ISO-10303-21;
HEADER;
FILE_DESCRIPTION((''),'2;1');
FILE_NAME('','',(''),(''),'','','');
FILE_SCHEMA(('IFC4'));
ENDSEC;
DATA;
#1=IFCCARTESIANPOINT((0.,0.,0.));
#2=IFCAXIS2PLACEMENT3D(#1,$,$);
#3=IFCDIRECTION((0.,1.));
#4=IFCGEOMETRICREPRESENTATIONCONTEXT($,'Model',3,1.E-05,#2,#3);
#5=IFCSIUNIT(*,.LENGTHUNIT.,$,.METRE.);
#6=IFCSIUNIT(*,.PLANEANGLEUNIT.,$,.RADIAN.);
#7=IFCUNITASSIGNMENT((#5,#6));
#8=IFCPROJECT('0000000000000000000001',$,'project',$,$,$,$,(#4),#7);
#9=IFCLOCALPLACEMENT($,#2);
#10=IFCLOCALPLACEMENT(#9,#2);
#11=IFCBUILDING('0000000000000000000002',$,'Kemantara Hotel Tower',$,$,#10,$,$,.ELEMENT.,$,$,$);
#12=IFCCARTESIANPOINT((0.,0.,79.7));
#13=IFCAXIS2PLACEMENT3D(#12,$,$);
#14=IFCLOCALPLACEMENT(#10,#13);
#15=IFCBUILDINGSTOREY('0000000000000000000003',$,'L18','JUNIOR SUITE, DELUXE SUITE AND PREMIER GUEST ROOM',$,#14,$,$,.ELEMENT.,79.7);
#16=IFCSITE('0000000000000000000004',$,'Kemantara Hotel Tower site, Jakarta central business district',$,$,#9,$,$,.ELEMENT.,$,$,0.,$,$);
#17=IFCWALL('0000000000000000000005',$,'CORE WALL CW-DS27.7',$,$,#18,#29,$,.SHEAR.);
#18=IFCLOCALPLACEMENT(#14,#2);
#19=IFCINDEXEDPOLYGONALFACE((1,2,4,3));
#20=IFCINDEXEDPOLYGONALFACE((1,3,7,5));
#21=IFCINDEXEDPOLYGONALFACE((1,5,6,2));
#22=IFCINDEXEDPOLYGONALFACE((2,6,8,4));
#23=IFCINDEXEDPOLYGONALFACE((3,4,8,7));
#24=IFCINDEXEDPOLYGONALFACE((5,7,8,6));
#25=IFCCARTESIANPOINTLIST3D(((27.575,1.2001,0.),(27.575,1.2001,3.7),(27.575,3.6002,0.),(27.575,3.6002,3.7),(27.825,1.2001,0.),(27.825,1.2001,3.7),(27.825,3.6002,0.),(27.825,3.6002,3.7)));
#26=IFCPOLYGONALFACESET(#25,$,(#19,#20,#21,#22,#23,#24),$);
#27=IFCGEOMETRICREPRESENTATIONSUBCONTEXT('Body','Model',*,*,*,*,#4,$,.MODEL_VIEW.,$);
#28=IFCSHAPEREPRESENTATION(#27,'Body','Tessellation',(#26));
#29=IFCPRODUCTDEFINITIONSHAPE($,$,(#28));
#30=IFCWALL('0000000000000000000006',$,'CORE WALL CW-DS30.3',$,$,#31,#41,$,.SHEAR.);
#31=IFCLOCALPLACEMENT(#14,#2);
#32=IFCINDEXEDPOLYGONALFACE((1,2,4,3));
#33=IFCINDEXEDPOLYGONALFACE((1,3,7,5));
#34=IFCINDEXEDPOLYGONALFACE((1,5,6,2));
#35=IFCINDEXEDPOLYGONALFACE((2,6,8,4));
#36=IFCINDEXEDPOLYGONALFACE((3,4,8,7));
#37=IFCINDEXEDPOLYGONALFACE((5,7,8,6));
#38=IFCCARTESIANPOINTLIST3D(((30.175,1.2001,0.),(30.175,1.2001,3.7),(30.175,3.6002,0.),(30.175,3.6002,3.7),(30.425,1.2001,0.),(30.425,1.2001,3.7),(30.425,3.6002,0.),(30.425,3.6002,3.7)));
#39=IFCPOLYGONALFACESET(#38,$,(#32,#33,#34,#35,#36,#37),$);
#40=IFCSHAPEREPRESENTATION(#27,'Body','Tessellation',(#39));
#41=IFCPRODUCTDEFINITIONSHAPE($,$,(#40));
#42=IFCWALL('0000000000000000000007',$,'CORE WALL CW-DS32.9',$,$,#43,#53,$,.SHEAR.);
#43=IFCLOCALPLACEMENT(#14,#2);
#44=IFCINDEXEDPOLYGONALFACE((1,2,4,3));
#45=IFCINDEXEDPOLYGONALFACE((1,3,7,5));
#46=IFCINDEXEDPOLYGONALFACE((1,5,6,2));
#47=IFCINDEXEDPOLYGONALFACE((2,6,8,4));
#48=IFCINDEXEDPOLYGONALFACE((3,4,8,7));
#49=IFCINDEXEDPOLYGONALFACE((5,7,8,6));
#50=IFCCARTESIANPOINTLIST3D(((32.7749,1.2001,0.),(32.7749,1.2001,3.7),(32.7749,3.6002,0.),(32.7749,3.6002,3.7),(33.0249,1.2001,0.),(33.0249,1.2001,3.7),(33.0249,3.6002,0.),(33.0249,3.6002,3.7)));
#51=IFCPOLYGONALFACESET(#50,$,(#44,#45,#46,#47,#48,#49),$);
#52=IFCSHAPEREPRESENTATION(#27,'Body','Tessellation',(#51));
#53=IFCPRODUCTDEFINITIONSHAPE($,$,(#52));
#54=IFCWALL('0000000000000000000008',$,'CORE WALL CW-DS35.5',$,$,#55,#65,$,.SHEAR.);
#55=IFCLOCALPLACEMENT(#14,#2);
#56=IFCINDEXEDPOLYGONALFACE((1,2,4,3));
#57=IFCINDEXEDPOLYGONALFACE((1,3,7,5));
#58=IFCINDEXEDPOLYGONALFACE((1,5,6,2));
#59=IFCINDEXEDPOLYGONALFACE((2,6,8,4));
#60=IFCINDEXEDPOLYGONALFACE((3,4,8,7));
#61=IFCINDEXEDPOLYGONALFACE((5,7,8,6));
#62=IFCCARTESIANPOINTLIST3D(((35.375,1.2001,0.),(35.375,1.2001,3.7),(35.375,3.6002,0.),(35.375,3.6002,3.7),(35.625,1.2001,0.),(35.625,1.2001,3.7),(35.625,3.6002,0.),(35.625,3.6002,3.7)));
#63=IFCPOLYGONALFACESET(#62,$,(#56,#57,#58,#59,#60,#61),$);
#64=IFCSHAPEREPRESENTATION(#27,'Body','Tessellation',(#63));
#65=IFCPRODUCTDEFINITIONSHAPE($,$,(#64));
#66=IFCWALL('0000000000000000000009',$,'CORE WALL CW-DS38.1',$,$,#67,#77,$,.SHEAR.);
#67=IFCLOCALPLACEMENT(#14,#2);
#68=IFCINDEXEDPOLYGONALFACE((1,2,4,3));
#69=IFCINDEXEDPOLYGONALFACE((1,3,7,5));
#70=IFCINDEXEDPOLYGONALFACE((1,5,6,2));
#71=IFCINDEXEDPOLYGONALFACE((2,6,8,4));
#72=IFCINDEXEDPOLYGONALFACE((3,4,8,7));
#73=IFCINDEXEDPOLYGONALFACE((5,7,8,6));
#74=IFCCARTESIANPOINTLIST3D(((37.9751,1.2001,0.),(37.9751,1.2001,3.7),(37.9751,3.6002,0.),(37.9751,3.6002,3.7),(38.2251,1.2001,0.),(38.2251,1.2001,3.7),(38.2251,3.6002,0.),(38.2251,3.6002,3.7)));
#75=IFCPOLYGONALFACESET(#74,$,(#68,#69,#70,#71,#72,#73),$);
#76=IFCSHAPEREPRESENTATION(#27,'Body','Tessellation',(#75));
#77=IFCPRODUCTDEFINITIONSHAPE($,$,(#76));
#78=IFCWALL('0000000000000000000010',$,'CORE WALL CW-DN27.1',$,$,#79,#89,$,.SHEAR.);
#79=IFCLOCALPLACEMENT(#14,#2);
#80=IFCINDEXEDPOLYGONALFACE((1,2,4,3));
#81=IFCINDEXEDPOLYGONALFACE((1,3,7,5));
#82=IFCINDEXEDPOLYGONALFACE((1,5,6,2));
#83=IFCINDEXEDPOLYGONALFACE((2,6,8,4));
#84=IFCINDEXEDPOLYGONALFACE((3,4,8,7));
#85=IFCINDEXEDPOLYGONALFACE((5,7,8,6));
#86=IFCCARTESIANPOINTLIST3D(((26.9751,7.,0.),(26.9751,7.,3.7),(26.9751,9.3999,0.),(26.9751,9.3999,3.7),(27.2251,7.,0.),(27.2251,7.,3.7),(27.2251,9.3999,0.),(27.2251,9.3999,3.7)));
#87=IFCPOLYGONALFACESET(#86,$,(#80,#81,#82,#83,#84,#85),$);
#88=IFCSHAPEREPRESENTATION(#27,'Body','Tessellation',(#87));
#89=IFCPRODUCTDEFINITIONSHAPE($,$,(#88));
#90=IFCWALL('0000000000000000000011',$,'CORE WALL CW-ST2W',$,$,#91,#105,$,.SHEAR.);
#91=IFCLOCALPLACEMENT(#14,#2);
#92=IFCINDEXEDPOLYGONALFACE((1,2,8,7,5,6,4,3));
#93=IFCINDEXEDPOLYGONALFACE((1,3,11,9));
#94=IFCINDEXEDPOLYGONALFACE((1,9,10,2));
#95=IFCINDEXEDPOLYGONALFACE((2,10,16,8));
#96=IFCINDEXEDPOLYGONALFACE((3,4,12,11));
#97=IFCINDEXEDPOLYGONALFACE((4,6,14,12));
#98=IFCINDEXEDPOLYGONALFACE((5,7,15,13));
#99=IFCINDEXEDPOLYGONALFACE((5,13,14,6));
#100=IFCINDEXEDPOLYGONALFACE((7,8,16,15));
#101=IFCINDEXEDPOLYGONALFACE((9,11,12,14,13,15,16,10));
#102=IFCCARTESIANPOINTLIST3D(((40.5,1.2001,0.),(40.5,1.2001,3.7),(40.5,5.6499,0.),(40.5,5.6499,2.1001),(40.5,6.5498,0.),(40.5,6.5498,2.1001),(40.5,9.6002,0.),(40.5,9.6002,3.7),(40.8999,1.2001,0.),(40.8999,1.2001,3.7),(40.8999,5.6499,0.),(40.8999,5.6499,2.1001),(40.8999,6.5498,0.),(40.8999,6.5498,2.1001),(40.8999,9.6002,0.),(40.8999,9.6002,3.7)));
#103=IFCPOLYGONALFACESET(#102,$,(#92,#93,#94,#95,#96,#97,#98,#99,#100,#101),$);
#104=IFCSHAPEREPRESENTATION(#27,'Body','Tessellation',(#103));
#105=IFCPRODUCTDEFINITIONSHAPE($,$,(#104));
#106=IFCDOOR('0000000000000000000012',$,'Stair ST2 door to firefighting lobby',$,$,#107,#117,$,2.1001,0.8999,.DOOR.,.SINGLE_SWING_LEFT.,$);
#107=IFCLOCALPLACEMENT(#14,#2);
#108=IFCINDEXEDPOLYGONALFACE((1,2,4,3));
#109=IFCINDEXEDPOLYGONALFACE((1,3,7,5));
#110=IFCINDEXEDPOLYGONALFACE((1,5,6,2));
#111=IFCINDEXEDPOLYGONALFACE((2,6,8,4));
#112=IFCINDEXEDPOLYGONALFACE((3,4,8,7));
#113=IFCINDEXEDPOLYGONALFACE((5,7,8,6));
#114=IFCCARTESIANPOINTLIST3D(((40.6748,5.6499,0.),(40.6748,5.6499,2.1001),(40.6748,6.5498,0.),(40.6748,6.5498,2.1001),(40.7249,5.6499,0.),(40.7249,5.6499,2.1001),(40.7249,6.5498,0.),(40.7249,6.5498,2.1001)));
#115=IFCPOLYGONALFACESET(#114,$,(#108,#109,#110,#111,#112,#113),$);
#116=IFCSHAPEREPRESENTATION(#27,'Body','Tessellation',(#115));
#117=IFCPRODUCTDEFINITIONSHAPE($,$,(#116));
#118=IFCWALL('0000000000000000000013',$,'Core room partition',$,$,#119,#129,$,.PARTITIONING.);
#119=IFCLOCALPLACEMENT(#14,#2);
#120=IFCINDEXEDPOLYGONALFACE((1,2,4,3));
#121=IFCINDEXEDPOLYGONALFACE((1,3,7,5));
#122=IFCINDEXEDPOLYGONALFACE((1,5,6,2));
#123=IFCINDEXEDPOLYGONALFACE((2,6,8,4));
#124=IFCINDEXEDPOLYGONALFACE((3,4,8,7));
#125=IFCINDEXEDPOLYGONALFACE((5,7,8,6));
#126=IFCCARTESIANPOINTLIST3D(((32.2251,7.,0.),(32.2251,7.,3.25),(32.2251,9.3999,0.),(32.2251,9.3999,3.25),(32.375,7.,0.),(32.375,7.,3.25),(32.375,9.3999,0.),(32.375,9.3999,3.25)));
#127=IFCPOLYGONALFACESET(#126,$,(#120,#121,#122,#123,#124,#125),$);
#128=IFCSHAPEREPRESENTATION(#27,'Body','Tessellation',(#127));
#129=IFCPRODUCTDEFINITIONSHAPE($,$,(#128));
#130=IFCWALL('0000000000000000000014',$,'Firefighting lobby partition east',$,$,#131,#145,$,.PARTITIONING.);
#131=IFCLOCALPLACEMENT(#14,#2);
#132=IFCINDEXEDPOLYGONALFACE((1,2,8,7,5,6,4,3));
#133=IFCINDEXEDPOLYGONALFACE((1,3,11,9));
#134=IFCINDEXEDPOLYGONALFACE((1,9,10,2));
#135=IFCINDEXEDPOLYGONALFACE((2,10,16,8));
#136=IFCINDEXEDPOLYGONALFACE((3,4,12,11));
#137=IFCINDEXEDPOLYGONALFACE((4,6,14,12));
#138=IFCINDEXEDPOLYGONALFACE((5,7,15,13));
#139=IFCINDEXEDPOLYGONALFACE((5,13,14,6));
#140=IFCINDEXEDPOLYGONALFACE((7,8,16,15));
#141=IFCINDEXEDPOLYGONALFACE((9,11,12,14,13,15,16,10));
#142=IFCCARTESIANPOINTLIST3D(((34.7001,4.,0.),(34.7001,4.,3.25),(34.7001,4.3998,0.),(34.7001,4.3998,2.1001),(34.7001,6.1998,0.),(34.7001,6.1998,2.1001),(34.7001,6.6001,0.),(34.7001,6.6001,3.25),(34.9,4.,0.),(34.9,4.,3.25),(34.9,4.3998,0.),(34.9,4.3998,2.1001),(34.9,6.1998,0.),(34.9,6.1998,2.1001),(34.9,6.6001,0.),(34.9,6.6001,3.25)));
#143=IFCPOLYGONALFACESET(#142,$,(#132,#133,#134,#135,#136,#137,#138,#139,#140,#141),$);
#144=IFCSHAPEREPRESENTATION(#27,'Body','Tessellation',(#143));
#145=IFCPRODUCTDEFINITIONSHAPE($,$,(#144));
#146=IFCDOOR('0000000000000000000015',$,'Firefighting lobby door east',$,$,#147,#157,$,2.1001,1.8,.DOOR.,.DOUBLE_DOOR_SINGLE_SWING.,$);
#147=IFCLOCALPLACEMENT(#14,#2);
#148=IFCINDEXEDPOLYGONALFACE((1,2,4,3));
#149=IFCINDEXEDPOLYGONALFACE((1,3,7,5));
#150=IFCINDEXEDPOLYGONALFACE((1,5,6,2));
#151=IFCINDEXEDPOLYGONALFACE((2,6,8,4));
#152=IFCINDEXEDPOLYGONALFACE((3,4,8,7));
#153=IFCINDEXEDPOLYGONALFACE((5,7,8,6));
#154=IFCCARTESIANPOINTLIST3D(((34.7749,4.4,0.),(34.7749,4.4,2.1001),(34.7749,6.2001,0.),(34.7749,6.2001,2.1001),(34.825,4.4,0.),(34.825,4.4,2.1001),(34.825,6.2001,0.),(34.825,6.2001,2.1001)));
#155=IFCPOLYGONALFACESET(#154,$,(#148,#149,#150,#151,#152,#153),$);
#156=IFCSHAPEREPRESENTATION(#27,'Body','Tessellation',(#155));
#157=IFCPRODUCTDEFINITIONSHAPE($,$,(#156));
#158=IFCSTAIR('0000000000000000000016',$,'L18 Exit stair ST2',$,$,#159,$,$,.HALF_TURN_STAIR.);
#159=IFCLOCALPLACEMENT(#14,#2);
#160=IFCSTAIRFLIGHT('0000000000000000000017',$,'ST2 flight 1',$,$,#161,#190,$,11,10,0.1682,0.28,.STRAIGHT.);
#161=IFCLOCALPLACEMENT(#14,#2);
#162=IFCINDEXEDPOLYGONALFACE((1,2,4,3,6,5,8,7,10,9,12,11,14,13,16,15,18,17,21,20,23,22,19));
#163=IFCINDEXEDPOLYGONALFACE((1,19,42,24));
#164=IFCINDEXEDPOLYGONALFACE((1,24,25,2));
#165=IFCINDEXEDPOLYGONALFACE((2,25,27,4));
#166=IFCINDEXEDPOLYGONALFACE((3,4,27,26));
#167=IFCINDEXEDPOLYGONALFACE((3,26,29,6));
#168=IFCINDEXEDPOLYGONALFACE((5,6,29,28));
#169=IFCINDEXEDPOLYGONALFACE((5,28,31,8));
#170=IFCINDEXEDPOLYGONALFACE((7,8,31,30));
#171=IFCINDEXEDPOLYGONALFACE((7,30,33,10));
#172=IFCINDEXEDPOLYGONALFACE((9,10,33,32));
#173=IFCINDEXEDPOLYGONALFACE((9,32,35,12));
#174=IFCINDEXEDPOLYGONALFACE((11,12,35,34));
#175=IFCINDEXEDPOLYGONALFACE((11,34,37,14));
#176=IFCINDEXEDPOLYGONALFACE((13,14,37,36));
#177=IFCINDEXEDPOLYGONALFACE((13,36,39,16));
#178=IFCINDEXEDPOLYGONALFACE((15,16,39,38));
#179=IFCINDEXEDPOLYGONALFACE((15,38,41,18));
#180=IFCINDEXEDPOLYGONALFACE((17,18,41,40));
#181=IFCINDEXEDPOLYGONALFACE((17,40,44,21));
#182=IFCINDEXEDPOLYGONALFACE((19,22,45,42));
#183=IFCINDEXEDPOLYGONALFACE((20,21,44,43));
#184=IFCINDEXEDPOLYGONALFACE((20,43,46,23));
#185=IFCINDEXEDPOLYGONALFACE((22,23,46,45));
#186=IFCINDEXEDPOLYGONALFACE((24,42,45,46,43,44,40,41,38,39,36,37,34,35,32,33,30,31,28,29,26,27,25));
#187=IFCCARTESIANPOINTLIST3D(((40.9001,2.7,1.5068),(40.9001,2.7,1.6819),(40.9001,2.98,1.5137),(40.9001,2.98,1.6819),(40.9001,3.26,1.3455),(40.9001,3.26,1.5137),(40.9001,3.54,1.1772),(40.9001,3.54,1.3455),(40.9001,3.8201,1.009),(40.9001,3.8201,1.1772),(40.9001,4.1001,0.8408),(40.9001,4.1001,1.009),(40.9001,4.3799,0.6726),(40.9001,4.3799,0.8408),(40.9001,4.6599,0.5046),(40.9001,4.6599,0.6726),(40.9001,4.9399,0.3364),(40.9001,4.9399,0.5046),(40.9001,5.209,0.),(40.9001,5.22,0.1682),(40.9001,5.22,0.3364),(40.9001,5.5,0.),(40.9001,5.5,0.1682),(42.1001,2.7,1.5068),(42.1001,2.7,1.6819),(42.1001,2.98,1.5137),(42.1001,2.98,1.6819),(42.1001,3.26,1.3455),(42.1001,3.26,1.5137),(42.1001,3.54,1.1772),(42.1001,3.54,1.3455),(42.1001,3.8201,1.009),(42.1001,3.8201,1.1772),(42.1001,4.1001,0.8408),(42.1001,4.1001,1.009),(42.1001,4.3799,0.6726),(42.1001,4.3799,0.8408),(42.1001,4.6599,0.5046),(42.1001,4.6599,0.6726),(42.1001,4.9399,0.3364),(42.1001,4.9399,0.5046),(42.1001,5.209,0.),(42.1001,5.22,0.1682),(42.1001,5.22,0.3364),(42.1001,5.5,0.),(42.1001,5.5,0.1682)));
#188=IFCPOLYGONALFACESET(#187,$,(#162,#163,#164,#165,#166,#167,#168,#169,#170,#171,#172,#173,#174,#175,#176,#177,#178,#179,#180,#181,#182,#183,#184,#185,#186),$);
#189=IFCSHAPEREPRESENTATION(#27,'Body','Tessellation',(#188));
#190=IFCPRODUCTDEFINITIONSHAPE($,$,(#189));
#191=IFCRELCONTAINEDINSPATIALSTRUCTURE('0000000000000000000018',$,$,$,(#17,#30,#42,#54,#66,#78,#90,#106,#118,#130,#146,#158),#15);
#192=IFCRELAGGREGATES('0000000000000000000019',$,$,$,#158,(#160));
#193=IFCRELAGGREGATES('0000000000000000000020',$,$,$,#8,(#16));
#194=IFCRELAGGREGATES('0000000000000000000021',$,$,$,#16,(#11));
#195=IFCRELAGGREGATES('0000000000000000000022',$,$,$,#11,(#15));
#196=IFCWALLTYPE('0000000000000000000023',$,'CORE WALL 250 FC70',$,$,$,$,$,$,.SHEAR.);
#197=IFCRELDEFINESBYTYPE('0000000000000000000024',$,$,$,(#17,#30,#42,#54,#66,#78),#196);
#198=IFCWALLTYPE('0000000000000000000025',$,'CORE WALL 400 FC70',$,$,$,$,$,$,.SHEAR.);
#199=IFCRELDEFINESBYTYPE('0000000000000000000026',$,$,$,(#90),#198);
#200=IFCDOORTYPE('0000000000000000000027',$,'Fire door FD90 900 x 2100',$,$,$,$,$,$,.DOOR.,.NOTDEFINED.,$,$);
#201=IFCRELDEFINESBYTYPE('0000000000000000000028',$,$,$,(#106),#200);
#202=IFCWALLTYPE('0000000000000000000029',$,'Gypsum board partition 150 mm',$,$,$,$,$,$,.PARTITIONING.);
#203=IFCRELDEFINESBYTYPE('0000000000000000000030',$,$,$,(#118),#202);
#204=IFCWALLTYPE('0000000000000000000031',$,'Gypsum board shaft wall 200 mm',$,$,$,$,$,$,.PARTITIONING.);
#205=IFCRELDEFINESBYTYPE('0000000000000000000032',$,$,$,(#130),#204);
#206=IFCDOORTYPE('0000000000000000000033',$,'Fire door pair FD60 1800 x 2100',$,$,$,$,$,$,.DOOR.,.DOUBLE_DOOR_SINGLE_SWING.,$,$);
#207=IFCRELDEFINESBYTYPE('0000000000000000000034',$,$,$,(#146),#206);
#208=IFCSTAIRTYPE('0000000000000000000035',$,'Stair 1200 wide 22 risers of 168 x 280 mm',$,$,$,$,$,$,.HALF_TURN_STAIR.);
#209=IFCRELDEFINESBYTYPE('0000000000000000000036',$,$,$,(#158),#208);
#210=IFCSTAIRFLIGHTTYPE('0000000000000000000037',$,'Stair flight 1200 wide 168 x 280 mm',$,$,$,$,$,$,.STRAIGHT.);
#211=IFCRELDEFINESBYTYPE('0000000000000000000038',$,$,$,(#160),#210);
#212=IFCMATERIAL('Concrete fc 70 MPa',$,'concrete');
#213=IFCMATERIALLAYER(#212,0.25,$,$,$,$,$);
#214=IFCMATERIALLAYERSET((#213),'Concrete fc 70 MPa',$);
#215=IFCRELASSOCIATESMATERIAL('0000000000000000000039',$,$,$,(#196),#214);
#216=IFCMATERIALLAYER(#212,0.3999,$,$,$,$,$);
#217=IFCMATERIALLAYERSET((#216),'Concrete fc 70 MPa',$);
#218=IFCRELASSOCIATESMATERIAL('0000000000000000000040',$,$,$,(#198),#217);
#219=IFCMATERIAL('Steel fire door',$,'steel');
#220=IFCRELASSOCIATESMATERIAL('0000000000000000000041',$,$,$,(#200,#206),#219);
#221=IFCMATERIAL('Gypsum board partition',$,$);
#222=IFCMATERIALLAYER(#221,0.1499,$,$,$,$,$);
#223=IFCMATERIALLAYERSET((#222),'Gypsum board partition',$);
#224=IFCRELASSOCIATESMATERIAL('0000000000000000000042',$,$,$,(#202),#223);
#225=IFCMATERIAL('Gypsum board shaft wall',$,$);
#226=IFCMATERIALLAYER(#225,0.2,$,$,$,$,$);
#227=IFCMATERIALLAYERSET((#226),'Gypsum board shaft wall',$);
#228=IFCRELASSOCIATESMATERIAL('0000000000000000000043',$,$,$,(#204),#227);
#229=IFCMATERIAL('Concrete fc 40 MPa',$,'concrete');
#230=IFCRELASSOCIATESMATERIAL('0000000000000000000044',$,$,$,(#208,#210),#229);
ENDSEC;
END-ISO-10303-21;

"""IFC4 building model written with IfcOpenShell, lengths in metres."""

from ifc_helpers import new_model, si_unit, direction, frame, frame_2d, origin, place, context, subcontext, project, spatial, polyline, rectangle, outline, extrude, material, layer, layer_set, type_object, element, fill, aggregate, save


model = new_model("IFC4")

# Units and contexts
model_context = context("Model", 3, precision=1e-05, world=origin(), true_north=direction((0.0, 1.0)))
body_context = subcontext(model_context, "Body", "Model", "MODEL_VIEW")
ifc_project = project(units=[si_unit("LENGTHUNIT", "METRE"), si_unit("PLANEANGLEUNIT", "RADIAN")], contexts=[model_context])

# Site, building, storey
site_placement = place(None, origin())
site = spatial("IfcSite", under=ifc_project, at=site_placement, Name="Kemantara Hotel Tower site, Jakarta central business district", CompositionType="ELEMENT", RefElevation=0.0)
building_placement = place(site_placement, origin())
building = spatial("IfcBuilding", under=site, at=building_placement, Name="Kemantara Hotel Tower", CompositionType="ELEMENT")
storey_placement = place(building_placement, frame((0.0, 0.0, 79.7)))
storey = spatial("IfcBuildingStorey", under=building, at=storey_placement, Name="L18", Description="JUNIOR SUITE, DELUXE SUITE AND PREMIER GUEST ROOM", CompositionType="ELEMENT", Elevation=79.7)

# Walls
ifc_material_1 = material(Name="Concrete fc 70 MPa", Category="concrete")
ifc_layer_1 = layer(ifc_material_1, 0.25)
ifc_layer_set_1 = layer_set([ifc_layer_1], Name="Concrete fc 70 MPa")
wall_type_1 = type_object("IfcWallType", Name="CORE WALL 250 FC70", PredefinedType="SHEAR", material=ifc_layer_set_1)
for number, where, z_axis, x_axis, name in (
    (1, (27.7, 1.2, 0.0), (0.0, 0.0, 1.0), (0.0, 1.0, 0.0), "CORE WALL CW-DS27.7"),
    (2, (30.3, 1.2, 0.0), (0.0, 0.0, 1.0), (0.0, 1.0, 0.0), "CORE WALL CW-DS30.3"),
    (3, (32.8999, 1.2, 0.0), (0.0, 0.0, 1.0), (0.0, 1.0, 0.0), "CORE WALL CW-DS32.9"),
    (4, (35.5, 1.2, 0.0), (0.0, 0.0, 1.0), (0.0, 1.0, 0.0), "CORE WALL CW-DS35.5"),
    (5, (38.1001, 1.2, 0.0), (0.0, 0.0, 1.0), (0.0, 1.0, 0.0), "CORE WALL CW-DS38.1"),
):
    element("IfcWall", number, at=place(storey_placement, frame(where, z_axis=z_axis, x_axis=x_axis)), inside=storey, type_object=wall_type_1, Name=name, PredefinedType="SHEAR", context=body_context, shape_type="SweptSolid", body=[
        extrude(rectangle(XDim=2.4001, YDim=0.25, at=frame_2d((1.2002, 0.0))), origin(), (0.0, 0.0, 1.0), 3.7),
    ])
wall_1_placement = place(storey_placement, frame((27.1001, 7.0, 0.0), z_axis=(0.0, 0.0, 1.0), x_axis=(0.0, 1.0, 0.0)))
element("IfcWall", 6, at=wall_1_placement, inside=storey, type_object=wall_type_1, Name="CORE WALL CW-DN27.1", PredefinedType="SHEAR", context=body_context, shape_type="SweptSolid", body=[
    extrude(rectangle(XDim=2.3999, YDim=0.25, at=frame_2d((1.2, 0.0))), origin(), (0.0, 0.0, 1.0), 3.7),
])

# Wall, opening, door
ifc_layer_2 = layer(ifc_material_1, 0.3999)
ifc_layer_set_2 = layer_set([ifc_layer_2], Name="Concrete fc 70 MPa")
wall_type_2 = type_object("IfcWallType", Name="CORE WALL 400 FC70", PredefinedType="SHEAR", material=ifc_layer_set_2)
wall_2_placement = place(storey_placement, frame((40.7, 1.2, 0.0), z_axis=(0.0, 0.0, 1.0), x_axis=(0.0, 1.0, 0.0)))
wall_2 = element("IfcWall", 7, at=wall_2_placement, inside=storey, type_object=wall_type_2, Name="CORE WALL CW-ST2W", PredefinedType="SHEAR", context=body_context, shape_type="SweptSolid", body=[
    extrude(rectangle(XDim=8.4001, YDim=0.3999, at=frame_2d((4.2002, 0.0))), origin(), (0.0, 0.0, 1.0), 3.7),
])
opening_1_placement = place(wall_2_placement, frame((4.45, 0.0, 0.0)))
opening_1 = element("IfcOpeningElement", 8, at=opening_1_placement, cuts=wall_2, PredefinedType="OPENING", context=body_context, shape_type="SweptSolid", body=[
    extrude(rectangle(XDim=0.8999, YDim=2.1001, at=frame_2d((0.45, 1.05))), frame((0.0, 0.21, 0.0), z_axis=(0.0, -1.0, 0.0), x_axis=(1.0, 0.0, 0.0)), (0.0, 0.0, 1.0), 0.4199),
])
ifc_material_2 = material(Name="Steel fire door", Category="steel")
door_type_1 = type_object("IfcDoorType", Name="Fire door FD90 900 x 2100", OperationType="NOTDEFINED", PredefinedType="DOOR", material=ifc_material_2)
door_1_placement = place(opening_1_placement, frame((0.8999, 0.0, 0.0), z_axis=(0.0, 0.0, 1.0), x_axis=(-1.0, 0.0, 0.0)))
door_1 = element("IfcDoor", 9, at=door_1_placement, inside=storey, type_object=door_type_1, Name="Stair ST2 door to firefighting lobby", OperationType="SINGLE_SWING_LEFT", OverallHeight=2.1001, OverallWidth=0.8999, PredefinedType="DOOR", context=body_context, shape_type="SweptSolid", body=[
    extrude(rectangle(XDim=0.8999, YDim=2.1001, at=frame_2d((0.45, 1.05))), frame((0.0, 0.0249, 0.0), z_axis=(0.0, -1.0, 0.0), x_axis=(1.0, 0.0, 0.0)), (0.0, 0.0, 1.0), 0.05),
])
fill(opening_1, door_1)

# Wall
ifc_material_3 = material(Name="Gypsum board partition")
ifc_layer_3 = layer(ifc_material_3, 0.1499)
ifc_layer_set_3 = layer_set([ifc_layer_3], Name="Gypsum board partition")
wall_type_3 = type_object("IfcWallType", Name="Gypsum board partition 150 mm", PredefinedType="PARTITIONING", material=ifc_layer_set_3)
wall_3_placement = place(storey_placement, frame((32.3, 7.0, 0.0), z_axis=(0.0, 0.0, 1.0), x_axis=(0.0, 1.0, 0.0)))
element("IfcWall", 10, at=wall_3_placement, inside=storey, type_object=wall_type_3, Name="Core room partition", PredefinedType="PARTITIONING", context=body_context, shape_type="SweptSolid", body=[
    extrude(rectangle(XDim=2.3999, YDim=0.1499, at=frame_2d((1.2, 0.0))), origin(), (0.0, 0.0, 1.0), 3.25),
])

# Wall, opening, door
ifc_material_4 = material(Name="Gypsum board shaft wall")
ifc_layer_4 = layer(ifc_material_4, 0.2)
ifc_layer_set_4 = layer_set([ifc_layer_4], Name="Gypsum board shaft wall")
wall_type_4 = type_object("IfcWallType", Name="Gypsum board shaft wall 200 mm", PredefinedType="PARTITIONING", material=ifc_layer_set_4)
wall_4_placement = place(storey_placement, frame((34.8, 4.0, 0.0), z_axis=(0.0, 0.0, 1.0), x_axis=(0.0, 1.0, 0.0)))
wall_4 = element("IfcWall", 11, at=wall_4_placement, inside=storey, type_object=wall_type_4, Name="Firefighting lobby partition east", PredefinedType="PARTITIONING", context=body_context, shape_type="SweptSolid", body=[
    extrude(rectangle(XDim=2.6001, YDim=0.2, at=frame_2d((1.3, 0.0))), origin(), (0.0, 0.0, 1.0), 3.25),
])
opening_2_placement = place(wall_4_placement, frame((0.3999, 0.0, 0.0)))
opening_2 = element("IfcOpeningElement", 12, at=opening_2_placement, cuts=wall_4, PredefinedType="OPENING", context=body_context, shape_type="SweptSolid", body=[
    extrude(rectangle(XDim=1.8, YDim=2.1001, at=frame_2d((0.8999, 1.05))), frame((0.0, 0.1099, 0.0), z_axis=(0.0, -1.0, 0.0), x_axis=(1.0, 0.0, 0.0)), (0.0, 0.0, 1.0), 0.22),
])
door_type_2 = type_object("IfcDoorType", Name="Fire door pair FD60 1800 x 2100", OperationType="DOUBLE_DOOR_SINGLE_SWING", PredefinedType="DOOR", material=ifc_material_2)
door_2_placement = place(opening_2_placement, frame((1.8, 0.0, 0.0), z_axis=(0.0, 0.0, 1.0), x_axis=(-1.0, 0.0, 0.0)))
door_2 = element("IfcDoor", 13, at=door_2_placement, inside=storey, type_object=door_type_2, Name="Firefighting lobby door east", OperationType="DOUBLE_DOOR_SINGLE_SWING", OverallHeight=2.1001, OverallWidth=1.8, PredefinedType="DOOR", context=body_context, shape_type="SweptSolid", body=[
    extrude(rectangle(XDim=1.8, YDim=2.1001, at=frame_2d((0.8999, 1.05))), frame((0.0, 0.0249, 0.0), z_axis=(0.0, -1.0, 0.0), x_axis=(1.0, 0.0, 0.0)), (0.0, 0.0, 1.0), 0.05),
])
fill(opening_2, door_2)

# Stair, stair flight
ifc_material_5 = material(Name="Concrete fc 40 MPa", Category="concrete")
stair_type = type_object("IfcStairType", Name="Stair 1200 wide 22 risers of 168 x 280 mm", PredefinedType="HALF_TURN_STAIR", material=ifc_material_5)
stair_placement = place(storey_placement, origin())
stair = element("IfcStair", 14, at=stair_placement, inside=storey, type_object=stair_type, Name="L18 Exit stair ST2", PredefinedType="HALF_TURN_STAIR")
stair_flight_type = type_object("IfcStairFlightType", Name="Stair flight 1200 wide 168 x 280 mm", PredefinedType="STRAIGHT", material=ifc_material_5)
stair_flight_placement = place(storey_placement, frame((41.5, 5.5, 0.0), z_axis=(0.0, 0.0, 1.0), x_axis=(0.0, -1.0, 0.0)))
stair_flight = element("IfcStairFlight", 15, at=stair_flight_placement, type_object=stair_flight_type, Name="ST2 flight 1", NumberOfRisers=11, NumberOfTreads=10, PredefinedType="STRAIGHT", RiserHeight=0.1682, TreadLength=0.28, context=body_context, shape_type="SweptSolid", body=[
    extrude(outline(polyline([(0.0, 0.0), (0.0, 0.1682), (0.28, 0.1682), (0.28, 0.3364), (0.5601, 0.3364), (0.5601, 0.5046), (0.8401, 0.5046), (0.8401, 0.6726), (1.1201, 0.6726), (1.1201, 0.8408), (1.3999, 0.8408), (1.3999, 1.009), (1.6799, 1.009), (1.6799, 1.1772), (1.96, 1.1772), (1.96, 1.3455), (2.24, 1.3455), (2.24, 1.5137), (2.52, 1.5137), (2.52, 1.6819), (2.8, 1.6819), (2.8, 1.8501), (2.8, 1.5068), (0.291, 0.0), (0.0, 0.0)])), frame((0.0, 0.6001, 0.0), z_axis=(0.0, -1.0, 0.0), x_axis=(1.0, 0.0, 0.0)), (0.0, 0.0, 1.0), 1.2),
])
aggregate(stair, [stair_flight])

save(model, "model.ifc")
